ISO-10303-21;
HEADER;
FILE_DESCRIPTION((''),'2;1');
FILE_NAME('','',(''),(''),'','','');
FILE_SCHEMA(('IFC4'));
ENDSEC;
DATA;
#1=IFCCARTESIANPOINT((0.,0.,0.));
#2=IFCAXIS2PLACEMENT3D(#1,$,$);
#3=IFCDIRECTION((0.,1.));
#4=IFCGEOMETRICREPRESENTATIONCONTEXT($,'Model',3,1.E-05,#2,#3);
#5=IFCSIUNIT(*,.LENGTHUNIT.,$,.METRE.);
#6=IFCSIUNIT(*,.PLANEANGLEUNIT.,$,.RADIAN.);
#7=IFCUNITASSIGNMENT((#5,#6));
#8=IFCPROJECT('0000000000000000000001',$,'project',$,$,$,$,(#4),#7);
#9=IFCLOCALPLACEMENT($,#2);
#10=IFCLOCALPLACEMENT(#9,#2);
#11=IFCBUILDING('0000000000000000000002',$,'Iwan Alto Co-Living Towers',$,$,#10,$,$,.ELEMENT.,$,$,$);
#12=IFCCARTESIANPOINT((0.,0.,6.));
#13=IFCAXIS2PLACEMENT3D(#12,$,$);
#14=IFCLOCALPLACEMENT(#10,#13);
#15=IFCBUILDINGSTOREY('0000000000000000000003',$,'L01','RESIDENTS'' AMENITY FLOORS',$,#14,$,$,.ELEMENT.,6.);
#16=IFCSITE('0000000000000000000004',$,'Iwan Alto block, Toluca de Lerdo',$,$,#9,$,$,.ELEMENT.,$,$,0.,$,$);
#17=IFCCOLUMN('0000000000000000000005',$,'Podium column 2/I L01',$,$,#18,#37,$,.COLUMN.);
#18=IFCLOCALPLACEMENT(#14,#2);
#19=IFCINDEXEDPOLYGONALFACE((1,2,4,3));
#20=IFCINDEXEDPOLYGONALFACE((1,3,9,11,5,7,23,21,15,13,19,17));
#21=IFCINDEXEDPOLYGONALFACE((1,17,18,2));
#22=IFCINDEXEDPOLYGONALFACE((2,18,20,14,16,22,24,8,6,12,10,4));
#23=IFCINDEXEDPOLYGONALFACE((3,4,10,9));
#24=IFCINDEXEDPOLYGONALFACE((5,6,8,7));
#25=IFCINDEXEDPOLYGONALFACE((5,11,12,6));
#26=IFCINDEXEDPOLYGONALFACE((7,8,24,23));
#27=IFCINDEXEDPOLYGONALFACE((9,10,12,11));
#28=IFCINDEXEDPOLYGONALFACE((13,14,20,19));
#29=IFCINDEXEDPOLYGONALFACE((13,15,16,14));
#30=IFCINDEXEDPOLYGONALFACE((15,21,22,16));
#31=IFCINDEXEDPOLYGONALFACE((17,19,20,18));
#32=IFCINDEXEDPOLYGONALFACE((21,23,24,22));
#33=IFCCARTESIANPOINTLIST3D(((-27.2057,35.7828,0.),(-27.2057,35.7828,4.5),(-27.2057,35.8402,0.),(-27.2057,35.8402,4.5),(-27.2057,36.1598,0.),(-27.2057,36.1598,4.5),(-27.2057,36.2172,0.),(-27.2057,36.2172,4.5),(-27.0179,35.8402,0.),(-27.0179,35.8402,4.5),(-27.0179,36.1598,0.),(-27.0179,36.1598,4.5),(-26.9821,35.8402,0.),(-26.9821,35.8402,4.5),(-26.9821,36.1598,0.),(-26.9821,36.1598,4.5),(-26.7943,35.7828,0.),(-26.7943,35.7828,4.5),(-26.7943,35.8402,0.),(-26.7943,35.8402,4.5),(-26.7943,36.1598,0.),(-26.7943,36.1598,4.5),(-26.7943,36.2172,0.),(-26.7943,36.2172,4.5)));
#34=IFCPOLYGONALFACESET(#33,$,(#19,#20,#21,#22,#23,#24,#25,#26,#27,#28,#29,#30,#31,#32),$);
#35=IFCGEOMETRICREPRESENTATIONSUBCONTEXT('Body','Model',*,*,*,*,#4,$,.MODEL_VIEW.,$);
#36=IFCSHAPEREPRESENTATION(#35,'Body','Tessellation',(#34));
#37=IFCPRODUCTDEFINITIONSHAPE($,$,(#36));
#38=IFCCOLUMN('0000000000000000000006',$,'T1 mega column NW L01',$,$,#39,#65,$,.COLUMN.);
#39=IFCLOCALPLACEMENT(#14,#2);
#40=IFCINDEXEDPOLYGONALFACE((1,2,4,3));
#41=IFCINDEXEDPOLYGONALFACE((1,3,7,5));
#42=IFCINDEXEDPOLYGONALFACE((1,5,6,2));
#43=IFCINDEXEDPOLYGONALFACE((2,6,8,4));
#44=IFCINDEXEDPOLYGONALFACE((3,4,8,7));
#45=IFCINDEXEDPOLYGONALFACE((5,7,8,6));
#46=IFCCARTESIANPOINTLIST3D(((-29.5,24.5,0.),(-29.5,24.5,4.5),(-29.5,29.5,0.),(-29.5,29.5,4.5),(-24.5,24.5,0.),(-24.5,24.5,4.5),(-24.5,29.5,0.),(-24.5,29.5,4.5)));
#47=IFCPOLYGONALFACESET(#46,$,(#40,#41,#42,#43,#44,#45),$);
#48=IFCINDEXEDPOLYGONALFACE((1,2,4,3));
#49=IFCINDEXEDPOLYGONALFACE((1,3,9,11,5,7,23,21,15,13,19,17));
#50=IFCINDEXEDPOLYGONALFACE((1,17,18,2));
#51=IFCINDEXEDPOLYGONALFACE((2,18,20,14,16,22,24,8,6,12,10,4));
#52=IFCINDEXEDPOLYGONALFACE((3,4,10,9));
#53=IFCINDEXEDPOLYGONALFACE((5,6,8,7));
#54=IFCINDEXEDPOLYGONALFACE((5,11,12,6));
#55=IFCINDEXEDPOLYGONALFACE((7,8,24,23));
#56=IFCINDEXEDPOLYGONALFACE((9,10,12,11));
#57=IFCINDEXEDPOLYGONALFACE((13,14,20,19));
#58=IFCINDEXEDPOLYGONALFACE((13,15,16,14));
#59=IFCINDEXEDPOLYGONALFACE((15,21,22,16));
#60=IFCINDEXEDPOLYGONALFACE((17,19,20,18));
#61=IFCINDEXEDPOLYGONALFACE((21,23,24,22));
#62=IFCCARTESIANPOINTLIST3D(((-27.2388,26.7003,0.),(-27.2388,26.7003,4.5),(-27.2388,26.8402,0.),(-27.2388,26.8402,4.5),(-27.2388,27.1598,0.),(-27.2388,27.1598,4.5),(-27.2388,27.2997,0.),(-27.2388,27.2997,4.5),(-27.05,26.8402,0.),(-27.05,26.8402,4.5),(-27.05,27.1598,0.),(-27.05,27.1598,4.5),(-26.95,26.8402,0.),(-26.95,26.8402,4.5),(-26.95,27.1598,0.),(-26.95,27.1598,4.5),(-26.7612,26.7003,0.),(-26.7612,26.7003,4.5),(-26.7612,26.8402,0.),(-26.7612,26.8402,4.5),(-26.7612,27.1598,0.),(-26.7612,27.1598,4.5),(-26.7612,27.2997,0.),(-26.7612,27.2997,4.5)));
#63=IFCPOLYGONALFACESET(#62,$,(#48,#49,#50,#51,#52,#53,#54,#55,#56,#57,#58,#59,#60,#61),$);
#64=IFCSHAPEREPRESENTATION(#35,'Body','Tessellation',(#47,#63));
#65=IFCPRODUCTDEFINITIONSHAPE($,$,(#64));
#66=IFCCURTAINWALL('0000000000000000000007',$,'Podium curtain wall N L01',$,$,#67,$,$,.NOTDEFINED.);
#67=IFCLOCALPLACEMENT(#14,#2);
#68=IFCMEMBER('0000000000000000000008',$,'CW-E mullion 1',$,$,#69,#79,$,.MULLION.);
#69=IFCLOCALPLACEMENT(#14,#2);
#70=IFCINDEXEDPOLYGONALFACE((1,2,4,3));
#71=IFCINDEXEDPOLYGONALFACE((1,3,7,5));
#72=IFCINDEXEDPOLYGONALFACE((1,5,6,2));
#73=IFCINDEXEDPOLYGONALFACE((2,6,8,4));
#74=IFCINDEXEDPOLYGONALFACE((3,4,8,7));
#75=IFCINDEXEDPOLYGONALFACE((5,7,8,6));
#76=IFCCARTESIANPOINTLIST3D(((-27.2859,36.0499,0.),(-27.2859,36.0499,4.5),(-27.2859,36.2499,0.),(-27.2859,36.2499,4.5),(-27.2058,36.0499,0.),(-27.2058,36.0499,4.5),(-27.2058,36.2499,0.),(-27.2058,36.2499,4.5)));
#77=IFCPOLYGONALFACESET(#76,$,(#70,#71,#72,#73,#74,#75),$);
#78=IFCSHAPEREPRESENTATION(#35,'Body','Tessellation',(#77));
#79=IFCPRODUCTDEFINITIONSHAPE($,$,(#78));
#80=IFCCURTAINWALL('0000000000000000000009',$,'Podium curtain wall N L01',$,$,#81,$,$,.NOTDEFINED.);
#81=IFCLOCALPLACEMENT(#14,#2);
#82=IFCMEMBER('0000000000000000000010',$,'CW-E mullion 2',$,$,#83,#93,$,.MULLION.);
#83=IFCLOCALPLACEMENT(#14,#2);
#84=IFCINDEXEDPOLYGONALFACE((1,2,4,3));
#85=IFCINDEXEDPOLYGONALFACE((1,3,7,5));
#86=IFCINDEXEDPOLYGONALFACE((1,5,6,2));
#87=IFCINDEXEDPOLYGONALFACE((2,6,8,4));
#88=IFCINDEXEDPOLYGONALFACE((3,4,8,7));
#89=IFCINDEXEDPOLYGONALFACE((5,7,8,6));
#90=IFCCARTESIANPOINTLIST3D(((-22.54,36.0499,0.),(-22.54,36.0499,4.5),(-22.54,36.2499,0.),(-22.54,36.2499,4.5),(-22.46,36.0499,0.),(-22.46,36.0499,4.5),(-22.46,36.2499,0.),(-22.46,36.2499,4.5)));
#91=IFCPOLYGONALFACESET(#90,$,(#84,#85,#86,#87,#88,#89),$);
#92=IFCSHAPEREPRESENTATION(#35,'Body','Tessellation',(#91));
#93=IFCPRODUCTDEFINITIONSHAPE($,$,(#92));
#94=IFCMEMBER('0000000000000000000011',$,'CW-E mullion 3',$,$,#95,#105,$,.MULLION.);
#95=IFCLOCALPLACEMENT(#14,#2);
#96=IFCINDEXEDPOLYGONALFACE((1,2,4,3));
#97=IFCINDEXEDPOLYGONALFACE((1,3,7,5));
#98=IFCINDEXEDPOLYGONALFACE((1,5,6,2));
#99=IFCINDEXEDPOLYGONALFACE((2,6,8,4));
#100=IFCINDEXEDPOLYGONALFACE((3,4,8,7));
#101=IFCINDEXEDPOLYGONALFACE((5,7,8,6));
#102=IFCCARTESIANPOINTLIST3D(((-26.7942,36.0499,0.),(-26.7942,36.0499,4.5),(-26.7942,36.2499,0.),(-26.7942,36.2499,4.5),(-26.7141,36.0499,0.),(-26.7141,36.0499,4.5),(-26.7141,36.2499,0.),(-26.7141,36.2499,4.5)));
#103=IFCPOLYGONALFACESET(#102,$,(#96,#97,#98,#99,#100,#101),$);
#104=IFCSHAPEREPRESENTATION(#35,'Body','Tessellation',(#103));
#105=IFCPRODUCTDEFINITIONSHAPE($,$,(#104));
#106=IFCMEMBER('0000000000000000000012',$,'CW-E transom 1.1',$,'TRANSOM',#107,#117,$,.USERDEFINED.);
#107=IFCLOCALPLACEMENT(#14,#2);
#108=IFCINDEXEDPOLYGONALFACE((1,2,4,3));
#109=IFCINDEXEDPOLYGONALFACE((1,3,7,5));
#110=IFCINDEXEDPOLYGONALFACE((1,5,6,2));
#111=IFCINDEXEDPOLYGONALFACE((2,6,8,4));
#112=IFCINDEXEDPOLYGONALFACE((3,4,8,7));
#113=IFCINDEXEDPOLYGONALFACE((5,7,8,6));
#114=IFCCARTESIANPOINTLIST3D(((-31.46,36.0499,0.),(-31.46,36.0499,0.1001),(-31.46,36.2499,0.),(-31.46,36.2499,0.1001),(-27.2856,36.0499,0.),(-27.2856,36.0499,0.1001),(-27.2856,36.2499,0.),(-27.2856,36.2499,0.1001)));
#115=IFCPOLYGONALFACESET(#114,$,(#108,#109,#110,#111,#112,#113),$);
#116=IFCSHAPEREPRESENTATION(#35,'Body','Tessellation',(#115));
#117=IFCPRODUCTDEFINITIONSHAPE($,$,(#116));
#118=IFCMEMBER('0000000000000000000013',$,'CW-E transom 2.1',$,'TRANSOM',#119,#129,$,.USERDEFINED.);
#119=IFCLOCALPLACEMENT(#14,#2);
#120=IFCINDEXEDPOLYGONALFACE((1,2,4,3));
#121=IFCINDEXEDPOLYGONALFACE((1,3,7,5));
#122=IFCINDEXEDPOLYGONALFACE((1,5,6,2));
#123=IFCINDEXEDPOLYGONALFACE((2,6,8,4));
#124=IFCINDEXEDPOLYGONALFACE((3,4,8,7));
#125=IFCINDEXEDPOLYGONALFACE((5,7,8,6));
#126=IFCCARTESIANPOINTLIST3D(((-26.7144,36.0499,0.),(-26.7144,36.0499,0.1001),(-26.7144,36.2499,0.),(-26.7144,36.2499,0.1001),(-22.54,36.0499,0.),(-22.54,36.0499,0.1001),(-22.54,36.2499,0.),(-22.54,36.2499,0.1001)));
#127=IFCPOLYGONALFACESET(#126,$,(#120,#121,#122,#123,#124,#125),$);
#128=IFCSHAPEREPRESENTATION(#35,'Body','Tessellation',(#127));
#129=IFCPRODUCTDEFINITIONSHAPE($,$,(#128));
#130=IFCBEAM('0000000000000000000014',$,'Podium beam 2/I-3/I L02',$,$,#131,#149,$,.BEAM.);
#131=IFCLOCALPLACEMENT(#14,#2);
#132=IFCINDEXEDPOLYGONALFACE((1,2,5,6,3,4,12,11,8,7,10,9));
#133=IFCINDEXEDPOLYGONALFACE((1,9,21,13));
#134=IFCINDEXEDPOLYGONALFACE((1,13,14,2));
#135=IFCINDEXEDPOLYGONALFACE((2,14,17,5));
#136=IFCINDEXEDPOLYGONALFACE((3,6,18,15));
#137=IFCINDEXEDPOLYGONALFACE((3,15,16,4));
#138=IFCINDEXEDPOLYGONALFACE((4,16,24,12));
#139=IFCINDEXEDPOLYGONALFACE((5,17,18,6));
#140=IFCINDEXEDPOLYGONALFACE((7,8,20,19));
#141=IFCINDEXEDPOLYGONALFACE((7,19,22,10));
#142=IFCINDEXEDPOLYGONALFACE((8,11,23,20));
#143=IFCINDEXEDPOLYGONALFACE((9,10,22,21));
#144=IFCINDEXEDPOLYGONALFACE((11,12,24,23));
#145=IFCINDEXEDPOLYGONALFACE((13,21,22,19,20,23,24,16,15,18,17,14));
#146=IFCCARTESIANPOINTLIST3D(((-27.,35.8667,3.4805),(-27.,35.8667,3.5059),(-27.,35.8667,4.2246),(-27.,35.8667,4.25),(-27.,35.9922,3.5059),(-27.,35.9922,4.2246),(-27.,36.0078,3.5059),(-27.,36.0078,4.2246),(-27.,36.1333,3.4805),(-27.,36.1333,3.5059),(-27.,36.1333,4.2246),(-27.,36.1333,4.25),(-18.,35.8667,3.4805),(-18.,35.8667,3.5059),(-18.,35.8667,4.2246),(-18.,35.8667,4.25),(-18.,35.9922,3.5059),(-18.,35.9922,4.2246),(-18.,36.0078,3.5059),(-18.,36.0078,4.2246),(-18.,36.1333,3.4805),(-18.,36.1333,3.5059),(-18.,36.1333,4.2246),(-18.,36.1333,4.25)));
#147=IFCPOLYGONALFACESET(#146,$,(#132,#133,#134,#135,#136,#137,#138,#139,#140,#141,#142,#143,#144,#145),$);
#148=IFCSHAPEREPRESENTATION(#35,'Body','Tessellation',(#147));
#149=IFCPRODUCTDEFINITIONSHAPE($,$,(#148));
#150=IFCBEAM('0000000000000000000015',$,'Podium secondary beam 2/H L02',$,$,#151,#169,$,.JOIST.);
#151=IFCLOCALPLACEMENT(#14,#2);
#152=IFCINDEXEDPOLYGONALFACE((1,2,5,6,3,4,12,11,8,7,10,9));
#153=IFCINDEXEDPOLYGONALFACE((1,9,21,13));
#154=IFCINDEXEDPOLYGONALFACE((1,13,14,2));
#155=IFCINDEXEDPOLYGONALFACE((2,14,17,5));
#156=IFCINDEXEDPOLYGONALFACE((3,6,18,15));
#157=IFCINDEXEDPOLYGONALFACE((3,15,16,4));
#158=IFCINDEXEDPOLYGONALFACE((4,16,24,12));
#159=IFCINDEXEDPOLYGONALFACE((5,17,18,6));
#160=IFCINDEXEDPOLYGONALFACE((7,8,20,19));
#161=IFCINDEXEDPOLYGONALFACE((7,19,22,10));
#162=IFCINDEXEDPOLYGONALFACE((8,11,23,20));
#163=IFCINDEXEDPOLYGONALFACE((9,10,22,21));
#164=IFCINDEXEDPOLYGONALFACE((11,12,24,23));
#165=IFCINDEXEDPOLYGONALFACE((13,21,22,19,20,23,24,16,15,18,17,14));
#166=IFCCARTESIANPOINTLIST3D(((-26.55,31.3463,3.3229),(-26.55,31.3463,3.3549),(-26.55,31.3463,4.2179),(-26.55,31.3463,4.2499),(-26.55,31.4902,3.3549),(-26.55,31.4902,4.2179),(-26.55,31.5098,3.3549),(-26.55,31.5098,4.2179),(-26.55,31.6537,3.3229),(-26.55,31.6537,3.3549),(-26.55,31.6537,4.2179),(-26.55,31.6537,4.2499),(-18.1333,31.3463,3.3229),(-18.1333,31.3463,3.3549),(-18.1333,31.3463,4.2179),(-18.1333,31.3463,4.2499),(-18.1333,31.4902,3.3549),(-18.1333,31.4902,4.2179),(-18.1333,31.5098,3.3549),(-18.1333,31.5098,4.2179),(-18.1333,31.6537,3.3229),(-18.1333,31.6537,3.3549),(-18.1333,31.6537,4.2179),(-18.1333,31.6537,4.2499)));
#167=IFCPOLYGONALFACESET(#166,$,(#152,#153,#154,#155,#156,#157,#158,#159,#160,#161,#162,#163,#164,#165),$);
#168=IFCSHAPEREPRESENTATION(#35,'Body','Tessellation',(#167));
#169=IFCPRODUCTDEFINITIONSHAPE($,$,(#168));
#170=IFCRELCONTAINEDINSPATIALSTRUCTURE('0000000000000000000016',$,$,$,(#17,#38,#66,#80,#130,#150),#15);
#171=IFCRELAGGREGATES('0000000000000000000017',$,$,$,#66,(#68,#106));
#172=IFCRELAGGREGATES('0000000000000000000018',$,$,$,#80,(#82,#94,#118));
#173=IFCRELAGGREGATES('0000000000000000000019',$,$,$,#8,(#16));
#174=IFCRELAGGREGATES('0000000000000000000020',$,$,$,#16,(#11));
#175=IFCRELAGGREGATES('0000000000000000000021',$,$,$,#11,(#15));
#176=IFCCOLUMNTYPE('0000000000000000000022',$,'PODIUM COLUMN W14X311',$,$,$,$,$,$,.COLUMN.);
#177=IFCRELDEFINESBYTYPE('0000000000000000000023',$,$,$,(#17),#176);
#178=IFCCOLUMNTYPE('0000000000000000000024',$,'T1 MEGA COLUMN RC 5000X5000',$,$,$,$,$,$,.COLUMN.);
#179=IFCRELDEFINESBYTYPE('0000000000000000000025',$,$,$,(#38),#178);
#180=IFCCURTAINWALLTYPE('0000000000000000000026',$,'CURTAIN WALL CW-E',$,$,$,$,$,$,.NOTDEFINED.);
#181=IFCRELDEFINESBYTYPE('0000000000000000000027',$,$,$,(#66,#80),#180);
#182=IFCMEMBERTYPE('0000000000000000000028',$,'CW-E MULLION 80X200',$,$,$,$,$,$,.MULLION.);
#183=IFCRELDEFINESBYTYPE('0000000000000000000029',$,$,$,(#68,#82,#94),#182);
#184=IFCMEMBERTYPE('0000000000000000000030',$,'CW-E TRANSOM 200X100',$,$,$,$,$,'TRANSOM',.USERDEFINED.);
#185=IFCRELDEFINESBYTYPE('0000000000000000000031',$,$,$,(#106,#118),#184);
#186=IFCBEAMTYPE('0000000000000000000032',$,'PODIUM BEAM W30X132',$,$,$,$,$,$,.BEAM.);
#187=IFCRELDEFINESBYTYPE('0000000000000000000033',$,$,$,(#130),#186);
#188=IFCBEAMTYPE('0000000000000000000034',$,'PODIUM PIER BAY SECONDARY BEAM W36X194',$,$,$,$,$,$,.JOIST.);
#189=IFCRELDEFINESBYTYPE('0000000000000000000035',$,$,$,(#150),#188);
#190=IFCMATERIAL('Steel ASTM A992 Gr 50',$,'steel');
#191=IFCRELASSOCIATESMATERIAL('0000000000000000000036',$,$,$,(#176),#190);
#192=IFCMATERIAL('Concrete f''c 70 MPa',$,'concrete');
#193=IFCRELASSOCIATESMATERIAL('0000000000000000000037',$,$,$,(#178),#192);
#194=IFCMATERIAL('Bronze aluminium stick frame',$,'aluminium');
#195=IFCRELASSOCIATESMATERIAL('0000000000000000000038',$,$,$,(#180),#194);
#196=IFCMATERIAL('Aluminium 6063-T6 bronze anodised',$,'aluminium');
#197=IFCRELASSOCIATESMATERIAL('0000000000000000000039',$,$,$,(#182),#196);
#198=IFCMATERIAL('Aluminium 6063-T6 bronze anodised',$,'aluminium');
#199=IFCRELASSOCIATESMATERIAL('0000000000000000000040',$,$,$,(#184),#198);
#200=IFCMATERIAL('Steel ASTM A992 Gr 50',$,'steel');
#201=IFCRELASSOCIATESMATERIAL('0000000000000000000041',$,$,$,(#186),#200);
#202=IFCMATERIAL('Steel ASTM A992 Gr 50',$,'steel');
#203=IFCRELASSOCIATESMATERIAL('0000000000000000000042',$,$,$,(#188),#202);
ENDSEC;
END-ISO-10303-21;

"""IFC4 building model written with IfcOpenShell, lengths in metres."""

from ifc_helpers import new_model, si_unit, direction, frame, origin, origin_2d, place, context, subcontext, project, spatial, rectangle, i_section, extrude, material, material_profile, profile_set, type_object, element, aggregate, save


model = new_model("IFC4")

# Units and contexts
model_context = context("Model", 3, precision=1e-05, world=origin(), true_north=direction((0.0, 1.0)))
body_context = subcontext(model_context, "Body", "Model", "MODEL_VIEW")
ifc_project = project(units=[si_unit("LENGTHUNIT", "METRE"), si_unit("PLANEANGLEUNIT", "RADIAN")], contexts=[model_context])

# Site, building, storey
site_placement = place(None, origin())
site = spatial("IfcSite", under=ifc_project, at=site_placement, Name="Iwan Alto block, Toluca de Lerdo", CompositionType="ELEMENT", RefElevation=0.0)
building_placement = place(site_placement, origin())
building = spatial("IfcBuilding", under=site, at=building_placement, Name="Iwan Alto Co-Living Towers", CompositionType="ELEMENT")
storey_placement = place(building_placement, frame((0.0, 0.0, 6.0)))
storey = spatial("IfcBuildingStorey", under=building, at=storey_placement, Name="L01", Description="RESIDENTS' AMENITY FLOORS", CompositionType="ELEMENT", Elevation=6.0)

# Columns
ifc_material_1 = material(Name="Steel ASTM A992 Gr 50", Category="steel")
ifc_material_profile_1 = material_profile(ifc_material_1, i_section(OverallWidth=0.4114, OverallDepth=0.4343, WebThickness=0.0359, FlangeThickness=0.0574, at=origin_2d()), Name="W14X311")
ifc_profile_set_1 = profile_set([ifc_material_profile_1], Name="Steel ASTM A992 Gr 50")
column_type_1 = type_object("IfcColumnType", Name="PODIUM COLUMN W14X311", PredefinedType="COLUMN", material=ifc_profile_set_1)
column_1_placement = place(storey_placement, frame((-27.0, 36.0, 0.0), z_axis=(0.0, 0.0, 1.0), x_axis=(1.0, 0.0, 0.0)))
element("IfcColumn", 1, at=column_1_placement, inside=storey, type_object=column_type_1, Name="Podium column 2/I L01", PredefinedType="COLUMN", context=body_context, shape_type="SweptSolid", body=[
    extrude(i_section(OverallWidth=0.4114, OverallDepth=0.4343, WebThickness=0.0359, FlangeThickness=0.0574, at=origin_2d()), origin(), (0.0, 0.0, 1.0), 4.5),
])
ifc_material_2 = material(Name="Concrete f'c 70 MPa", Category="concrete")
ifc_material_profile_2 = material_profile(ifc_material_2, rectangle(XDim=5.0, YDim=5.0, at=origin_2d()), Name="RC 5000X5000")
ifc_profile_set_2 = profile_set([ifc_material_profile_2], Name="Concrete f'c 70 MPa")
column_type_2 = type_object("IfcColumnType", Name="T1 MEGA COLUMN RC 5000X5000", PredefinedType="COLUMN", material=ifc_profile_set_2)
column_2_placement = place(storey_placement, frame((-27.0, 27.0, 0.0), z_axis=(0.0, 0.0, 1.0), x_axis=(1.0, 0.0, 0.0)))
element("IfcColumn", 2, at=column_2_placement, inside=storey, type_object=column_type_2, Name="T1 mega column NW L01", PredefinedType="COLUMN", context=body_context, shape_type="SweptSolid", body=[
    extrude(rectangle(XDim=5.0, YDim=5.0, at=origin_2d()), origin(), (0.0, 0.0, 1.0), 4.5),
    extrude(i_section(OverallWidth=0.4775, OverallDepth=0.5994, WebThickness=0.1001, FlangeThickness=0.1399, at=origin_2d()), origin(), (0.0, 0.0, 1.0), 4.5),
])

# Curtain wall, member
ifc_material_3 = material(Name="Bronze aluminium stick frame", Category="aluminium")
curtain_wall_type = type_object("IfcCurtainWallType", Name="CURTAIN WALL CW-E", PredefinedType="NOTDEFINED", material=ifc_material_3)
curtain_wall_1_placement = place(storey_placement, origin())
curtain_wall_1 = element("IfcCurtainWall", 3, at=curtain_wall_1_placement, inside=storey, type_object=curtain_wall_type, Name="Podium curtain wall N L01", PredefinedType="NOTDEFINED")
ifc_material_4 = material(Name="Aluminium 6063-T6 bronze anodised", Category="aluminium")
ifc_material_profile_3 = material_profile(ifc_material_4, rectangle(XDim=0.2, YDim=0.0801, at=origin_2d()), Name="AL 80X200")
ifc_profile_set_3 = profile_set([ifc_material_profile_3], Name="Aluminium 6063-T6 bronze anodised")
member_type_1 = type_object("IfcMemberType", Name="CW-E MULLION 80X200", PredefinedType="MULLION", material=ifc_profile_set_3)
member_1_placement = place(storey_placement, frame((-27.2458, 36.1499, 0.0), z_axis=(0.0, 0.0, 1.0), x_axis=(0.0, -1.0, 0.0)))
member_1 = element("IfcMember", 4, at=member_1_placement, type_object=member_type_1, Name="CW-E mullion 1", PredefinedType="MULLION", context=body_context, shape_type="SweptSolid", body=[
    extrude(rectangle(XDim=0.2, YDim=0.0801, at=origin_2d()), origin(), (0.0, 0.0, 1.0), 4.5),
])

# Curtain wall, members
curtain_wall_2_placement = place(storey_placement, origin())
curtain_wall_2 = element("IfcCurtainWall", 5, at=curtain_wall_2_placement, inside=storey, type_object=curtain_wall_type, Name="Podium curtain wall N L01", PredefinedType="NOTDEFINED")
member_2_placement = place(storey_placement, frame((-22.5, 36.1499, 0.0), z_axis=(0.0, 0.0, 1.0), x_axis=(0.0, -1.0, 0.0)))
member_2 = element("IfcMember", 6, at=member_2_placement, type_object=member_type_1, Name="CW-E mullion 2", PredefinedType="MULLION", context=body_context, shape_type="SweptSolid", body=[
    extrude(rectangle(XDim=0.2, YDim=0.0801, at=origin_2d()), origin(), (0.0, 0.0, 1.0), 4.5),
])
member_3_placement = place(storey_placement, frame((-26.7542, 36.1499, 0.0), z_axis=(0.0, 0.0, 1.0), x_axis=(0.0, -1.0, 0.0)))
member_3 = element("IfcMember", 7, at=member_3_placement, type_object=member_type_1, Name="CW-E mullion 3", PredefinedType="MULLION", context=body_context, shape_type="SweptSolid", body=[
    extrude(rectangle(XDim=0.2, YDim=0.0801, at=origin_2d()), origin(), (0.0, 0.0, 1.0), 4.5),
])

# Members
ifc_material_5 = material(Name="Aluminium 6063-T6 bronze anodised", Category="aluminium")
ifc_material_profile_4 = material_profile(ifc_material_5, rectangle(XDim=0.2, YDim=0.1001, at=origin_2d()), Name="AL 200X100")
ifc_profile_set_4 = profile_set([ifc_material_profile_4], Name="Aluminium 6063-T6 bronze anodised")
member_type_2 = type_object("IfcMemberType", Name="CW-E TRANSOM 200X100", ElementType="TRANSOM", PredefinedType="USERDEFINED", material=ifc_profile_set_4)
member_4_placement = place(storey_placement, frame((-27.2856, 36.1499, 0.05), z_axis=(-1.0, 0.0, 0.0), x_axis=(0.0, -1.0, 0.0)))
member_4 = element("IfcMember", 8, at=member_4_placement, type_object=member_type_2, Name="CW-E transom 1.1", ObjectType="TRANSOM", PredefinedType="USERDEFINED", context=body_context, shape_type="SweptSolid", body=[
    extrude(rectangle(XDim=0.2, YDim=0.1001, at=origin_2d()), origin(), (0.0, 0.0, 1.0), 4.1743),
])
aggregate(curtain_wall_1, [member_1, member_4])
member_5_placement = place(storey_placement, frame((-22.54, 36.1499, 0.05), z_axis=(-1.0, 0.0, 0.0), x_axis=(0.0, -1.0, 0.0)))
member_5 = element("IfcMember", 9, at=member_5_placement, type_object=member_type_2, Name="CW-E transom 2.1", ObjectType="TRANSOM", PredefinedType="USERDEFINED", context=body_context, shape_type="SweptSolid", body=[
    extrude(rectangle(XDim=0.2, YDim=0.1001, at=origin_2d()), origin(), (0.0, 0.0, 1.0), 4.1743),
])

# Beams
ifc_material_6 = material(Name="Steel ASTM A992 Gr 50", Category="steel")
ifc_material_profile_5 = material_profile(ifc_material_6, i_section(OverallWidth=0.2666, OverallDepth=0.7695, WebThickness=0.0156, FlangeThickness=0.0254, at=origin_2d()), Name="W30X132")
ifc_profile_set_5 = profile_set([ifc_material_profile_5], Name="Steel ASTM A992 Gr 50")
beam_type_1 = type_object("IfcBeamType", Name="PODIUM BEAM W30X132", PredefinedType="BEAM", material=ifc_profile_set_5)
beam_1_placement = place(storey_placement, frame((-27.0, 36.0, 3.8652), z_axis=(1.0, 0.0, 0.0), x_axis=(0.0, 1.0, 0.0)))
element("IfcBeam", 10, at=beam_1_placement, inside=storey, type_object=beam_type_1, Name="Podium beam 2/I-3/I L02", PredefinedType="BEAM", context=body_context, shape_type="SweptSolid", body=[
    extrude(i_section(OverallWidth=0.2666, OverallDepth=0.7695, WebThickness=0.0156, FlangeThickness=0.0254, at=origin_2d()), origin(), (0.0, 0.0, 1.0), 9.0),
])
ifc_material_7 = material(Name="Steel ASTM A992 Gr 50", Category="steel")
ifc_material_profile_6 = material_profile(ifc_material_7, i_section(OverallWidth=0.3074, OverallDepth=0.927, WebThickness=0.0195, FlangeThickness=0.032, at=origin_2d()), Name="W36X194")
ifc_profile_set_6 = profile_set([ifc_material_profile_6], Name="Steel ASTM A992 Gr 50")
beam_type_2 = type_object("IfcBeamType", Name="PODIUM PIER BAY SECONDARY BEAM W36X194", PredefinedType="JOIST", material=ifc_profile_set_6)
beam_2_placement = place(storey_placement, frame((-26.55, 31.5, 3.7864), z_axis=(1.0, 0.0, 0.0), x_axis=(0.0, 1.0, 0.0)))
element("IfcBeam", 11, at=beam_2_placement, inside=storey, type_object=beam_type_2, Name="Podium secondary beam 2/H L02", PredefinedType="JOIST", context=body_context, shape_type="SweptSolid", body=[
    extrude(i_section(OverallWidth=0.3074, OverallDepth=0.927, WebThickness=0.0195, FlangeThickness=0.032, at=origin_2d()), origin(), (0.0, 0.0, 1.0), 8.4167),
])

aggregate(curtain_wall_2, [member_2, member_3, member_5])

save(model, "model.ifc")
